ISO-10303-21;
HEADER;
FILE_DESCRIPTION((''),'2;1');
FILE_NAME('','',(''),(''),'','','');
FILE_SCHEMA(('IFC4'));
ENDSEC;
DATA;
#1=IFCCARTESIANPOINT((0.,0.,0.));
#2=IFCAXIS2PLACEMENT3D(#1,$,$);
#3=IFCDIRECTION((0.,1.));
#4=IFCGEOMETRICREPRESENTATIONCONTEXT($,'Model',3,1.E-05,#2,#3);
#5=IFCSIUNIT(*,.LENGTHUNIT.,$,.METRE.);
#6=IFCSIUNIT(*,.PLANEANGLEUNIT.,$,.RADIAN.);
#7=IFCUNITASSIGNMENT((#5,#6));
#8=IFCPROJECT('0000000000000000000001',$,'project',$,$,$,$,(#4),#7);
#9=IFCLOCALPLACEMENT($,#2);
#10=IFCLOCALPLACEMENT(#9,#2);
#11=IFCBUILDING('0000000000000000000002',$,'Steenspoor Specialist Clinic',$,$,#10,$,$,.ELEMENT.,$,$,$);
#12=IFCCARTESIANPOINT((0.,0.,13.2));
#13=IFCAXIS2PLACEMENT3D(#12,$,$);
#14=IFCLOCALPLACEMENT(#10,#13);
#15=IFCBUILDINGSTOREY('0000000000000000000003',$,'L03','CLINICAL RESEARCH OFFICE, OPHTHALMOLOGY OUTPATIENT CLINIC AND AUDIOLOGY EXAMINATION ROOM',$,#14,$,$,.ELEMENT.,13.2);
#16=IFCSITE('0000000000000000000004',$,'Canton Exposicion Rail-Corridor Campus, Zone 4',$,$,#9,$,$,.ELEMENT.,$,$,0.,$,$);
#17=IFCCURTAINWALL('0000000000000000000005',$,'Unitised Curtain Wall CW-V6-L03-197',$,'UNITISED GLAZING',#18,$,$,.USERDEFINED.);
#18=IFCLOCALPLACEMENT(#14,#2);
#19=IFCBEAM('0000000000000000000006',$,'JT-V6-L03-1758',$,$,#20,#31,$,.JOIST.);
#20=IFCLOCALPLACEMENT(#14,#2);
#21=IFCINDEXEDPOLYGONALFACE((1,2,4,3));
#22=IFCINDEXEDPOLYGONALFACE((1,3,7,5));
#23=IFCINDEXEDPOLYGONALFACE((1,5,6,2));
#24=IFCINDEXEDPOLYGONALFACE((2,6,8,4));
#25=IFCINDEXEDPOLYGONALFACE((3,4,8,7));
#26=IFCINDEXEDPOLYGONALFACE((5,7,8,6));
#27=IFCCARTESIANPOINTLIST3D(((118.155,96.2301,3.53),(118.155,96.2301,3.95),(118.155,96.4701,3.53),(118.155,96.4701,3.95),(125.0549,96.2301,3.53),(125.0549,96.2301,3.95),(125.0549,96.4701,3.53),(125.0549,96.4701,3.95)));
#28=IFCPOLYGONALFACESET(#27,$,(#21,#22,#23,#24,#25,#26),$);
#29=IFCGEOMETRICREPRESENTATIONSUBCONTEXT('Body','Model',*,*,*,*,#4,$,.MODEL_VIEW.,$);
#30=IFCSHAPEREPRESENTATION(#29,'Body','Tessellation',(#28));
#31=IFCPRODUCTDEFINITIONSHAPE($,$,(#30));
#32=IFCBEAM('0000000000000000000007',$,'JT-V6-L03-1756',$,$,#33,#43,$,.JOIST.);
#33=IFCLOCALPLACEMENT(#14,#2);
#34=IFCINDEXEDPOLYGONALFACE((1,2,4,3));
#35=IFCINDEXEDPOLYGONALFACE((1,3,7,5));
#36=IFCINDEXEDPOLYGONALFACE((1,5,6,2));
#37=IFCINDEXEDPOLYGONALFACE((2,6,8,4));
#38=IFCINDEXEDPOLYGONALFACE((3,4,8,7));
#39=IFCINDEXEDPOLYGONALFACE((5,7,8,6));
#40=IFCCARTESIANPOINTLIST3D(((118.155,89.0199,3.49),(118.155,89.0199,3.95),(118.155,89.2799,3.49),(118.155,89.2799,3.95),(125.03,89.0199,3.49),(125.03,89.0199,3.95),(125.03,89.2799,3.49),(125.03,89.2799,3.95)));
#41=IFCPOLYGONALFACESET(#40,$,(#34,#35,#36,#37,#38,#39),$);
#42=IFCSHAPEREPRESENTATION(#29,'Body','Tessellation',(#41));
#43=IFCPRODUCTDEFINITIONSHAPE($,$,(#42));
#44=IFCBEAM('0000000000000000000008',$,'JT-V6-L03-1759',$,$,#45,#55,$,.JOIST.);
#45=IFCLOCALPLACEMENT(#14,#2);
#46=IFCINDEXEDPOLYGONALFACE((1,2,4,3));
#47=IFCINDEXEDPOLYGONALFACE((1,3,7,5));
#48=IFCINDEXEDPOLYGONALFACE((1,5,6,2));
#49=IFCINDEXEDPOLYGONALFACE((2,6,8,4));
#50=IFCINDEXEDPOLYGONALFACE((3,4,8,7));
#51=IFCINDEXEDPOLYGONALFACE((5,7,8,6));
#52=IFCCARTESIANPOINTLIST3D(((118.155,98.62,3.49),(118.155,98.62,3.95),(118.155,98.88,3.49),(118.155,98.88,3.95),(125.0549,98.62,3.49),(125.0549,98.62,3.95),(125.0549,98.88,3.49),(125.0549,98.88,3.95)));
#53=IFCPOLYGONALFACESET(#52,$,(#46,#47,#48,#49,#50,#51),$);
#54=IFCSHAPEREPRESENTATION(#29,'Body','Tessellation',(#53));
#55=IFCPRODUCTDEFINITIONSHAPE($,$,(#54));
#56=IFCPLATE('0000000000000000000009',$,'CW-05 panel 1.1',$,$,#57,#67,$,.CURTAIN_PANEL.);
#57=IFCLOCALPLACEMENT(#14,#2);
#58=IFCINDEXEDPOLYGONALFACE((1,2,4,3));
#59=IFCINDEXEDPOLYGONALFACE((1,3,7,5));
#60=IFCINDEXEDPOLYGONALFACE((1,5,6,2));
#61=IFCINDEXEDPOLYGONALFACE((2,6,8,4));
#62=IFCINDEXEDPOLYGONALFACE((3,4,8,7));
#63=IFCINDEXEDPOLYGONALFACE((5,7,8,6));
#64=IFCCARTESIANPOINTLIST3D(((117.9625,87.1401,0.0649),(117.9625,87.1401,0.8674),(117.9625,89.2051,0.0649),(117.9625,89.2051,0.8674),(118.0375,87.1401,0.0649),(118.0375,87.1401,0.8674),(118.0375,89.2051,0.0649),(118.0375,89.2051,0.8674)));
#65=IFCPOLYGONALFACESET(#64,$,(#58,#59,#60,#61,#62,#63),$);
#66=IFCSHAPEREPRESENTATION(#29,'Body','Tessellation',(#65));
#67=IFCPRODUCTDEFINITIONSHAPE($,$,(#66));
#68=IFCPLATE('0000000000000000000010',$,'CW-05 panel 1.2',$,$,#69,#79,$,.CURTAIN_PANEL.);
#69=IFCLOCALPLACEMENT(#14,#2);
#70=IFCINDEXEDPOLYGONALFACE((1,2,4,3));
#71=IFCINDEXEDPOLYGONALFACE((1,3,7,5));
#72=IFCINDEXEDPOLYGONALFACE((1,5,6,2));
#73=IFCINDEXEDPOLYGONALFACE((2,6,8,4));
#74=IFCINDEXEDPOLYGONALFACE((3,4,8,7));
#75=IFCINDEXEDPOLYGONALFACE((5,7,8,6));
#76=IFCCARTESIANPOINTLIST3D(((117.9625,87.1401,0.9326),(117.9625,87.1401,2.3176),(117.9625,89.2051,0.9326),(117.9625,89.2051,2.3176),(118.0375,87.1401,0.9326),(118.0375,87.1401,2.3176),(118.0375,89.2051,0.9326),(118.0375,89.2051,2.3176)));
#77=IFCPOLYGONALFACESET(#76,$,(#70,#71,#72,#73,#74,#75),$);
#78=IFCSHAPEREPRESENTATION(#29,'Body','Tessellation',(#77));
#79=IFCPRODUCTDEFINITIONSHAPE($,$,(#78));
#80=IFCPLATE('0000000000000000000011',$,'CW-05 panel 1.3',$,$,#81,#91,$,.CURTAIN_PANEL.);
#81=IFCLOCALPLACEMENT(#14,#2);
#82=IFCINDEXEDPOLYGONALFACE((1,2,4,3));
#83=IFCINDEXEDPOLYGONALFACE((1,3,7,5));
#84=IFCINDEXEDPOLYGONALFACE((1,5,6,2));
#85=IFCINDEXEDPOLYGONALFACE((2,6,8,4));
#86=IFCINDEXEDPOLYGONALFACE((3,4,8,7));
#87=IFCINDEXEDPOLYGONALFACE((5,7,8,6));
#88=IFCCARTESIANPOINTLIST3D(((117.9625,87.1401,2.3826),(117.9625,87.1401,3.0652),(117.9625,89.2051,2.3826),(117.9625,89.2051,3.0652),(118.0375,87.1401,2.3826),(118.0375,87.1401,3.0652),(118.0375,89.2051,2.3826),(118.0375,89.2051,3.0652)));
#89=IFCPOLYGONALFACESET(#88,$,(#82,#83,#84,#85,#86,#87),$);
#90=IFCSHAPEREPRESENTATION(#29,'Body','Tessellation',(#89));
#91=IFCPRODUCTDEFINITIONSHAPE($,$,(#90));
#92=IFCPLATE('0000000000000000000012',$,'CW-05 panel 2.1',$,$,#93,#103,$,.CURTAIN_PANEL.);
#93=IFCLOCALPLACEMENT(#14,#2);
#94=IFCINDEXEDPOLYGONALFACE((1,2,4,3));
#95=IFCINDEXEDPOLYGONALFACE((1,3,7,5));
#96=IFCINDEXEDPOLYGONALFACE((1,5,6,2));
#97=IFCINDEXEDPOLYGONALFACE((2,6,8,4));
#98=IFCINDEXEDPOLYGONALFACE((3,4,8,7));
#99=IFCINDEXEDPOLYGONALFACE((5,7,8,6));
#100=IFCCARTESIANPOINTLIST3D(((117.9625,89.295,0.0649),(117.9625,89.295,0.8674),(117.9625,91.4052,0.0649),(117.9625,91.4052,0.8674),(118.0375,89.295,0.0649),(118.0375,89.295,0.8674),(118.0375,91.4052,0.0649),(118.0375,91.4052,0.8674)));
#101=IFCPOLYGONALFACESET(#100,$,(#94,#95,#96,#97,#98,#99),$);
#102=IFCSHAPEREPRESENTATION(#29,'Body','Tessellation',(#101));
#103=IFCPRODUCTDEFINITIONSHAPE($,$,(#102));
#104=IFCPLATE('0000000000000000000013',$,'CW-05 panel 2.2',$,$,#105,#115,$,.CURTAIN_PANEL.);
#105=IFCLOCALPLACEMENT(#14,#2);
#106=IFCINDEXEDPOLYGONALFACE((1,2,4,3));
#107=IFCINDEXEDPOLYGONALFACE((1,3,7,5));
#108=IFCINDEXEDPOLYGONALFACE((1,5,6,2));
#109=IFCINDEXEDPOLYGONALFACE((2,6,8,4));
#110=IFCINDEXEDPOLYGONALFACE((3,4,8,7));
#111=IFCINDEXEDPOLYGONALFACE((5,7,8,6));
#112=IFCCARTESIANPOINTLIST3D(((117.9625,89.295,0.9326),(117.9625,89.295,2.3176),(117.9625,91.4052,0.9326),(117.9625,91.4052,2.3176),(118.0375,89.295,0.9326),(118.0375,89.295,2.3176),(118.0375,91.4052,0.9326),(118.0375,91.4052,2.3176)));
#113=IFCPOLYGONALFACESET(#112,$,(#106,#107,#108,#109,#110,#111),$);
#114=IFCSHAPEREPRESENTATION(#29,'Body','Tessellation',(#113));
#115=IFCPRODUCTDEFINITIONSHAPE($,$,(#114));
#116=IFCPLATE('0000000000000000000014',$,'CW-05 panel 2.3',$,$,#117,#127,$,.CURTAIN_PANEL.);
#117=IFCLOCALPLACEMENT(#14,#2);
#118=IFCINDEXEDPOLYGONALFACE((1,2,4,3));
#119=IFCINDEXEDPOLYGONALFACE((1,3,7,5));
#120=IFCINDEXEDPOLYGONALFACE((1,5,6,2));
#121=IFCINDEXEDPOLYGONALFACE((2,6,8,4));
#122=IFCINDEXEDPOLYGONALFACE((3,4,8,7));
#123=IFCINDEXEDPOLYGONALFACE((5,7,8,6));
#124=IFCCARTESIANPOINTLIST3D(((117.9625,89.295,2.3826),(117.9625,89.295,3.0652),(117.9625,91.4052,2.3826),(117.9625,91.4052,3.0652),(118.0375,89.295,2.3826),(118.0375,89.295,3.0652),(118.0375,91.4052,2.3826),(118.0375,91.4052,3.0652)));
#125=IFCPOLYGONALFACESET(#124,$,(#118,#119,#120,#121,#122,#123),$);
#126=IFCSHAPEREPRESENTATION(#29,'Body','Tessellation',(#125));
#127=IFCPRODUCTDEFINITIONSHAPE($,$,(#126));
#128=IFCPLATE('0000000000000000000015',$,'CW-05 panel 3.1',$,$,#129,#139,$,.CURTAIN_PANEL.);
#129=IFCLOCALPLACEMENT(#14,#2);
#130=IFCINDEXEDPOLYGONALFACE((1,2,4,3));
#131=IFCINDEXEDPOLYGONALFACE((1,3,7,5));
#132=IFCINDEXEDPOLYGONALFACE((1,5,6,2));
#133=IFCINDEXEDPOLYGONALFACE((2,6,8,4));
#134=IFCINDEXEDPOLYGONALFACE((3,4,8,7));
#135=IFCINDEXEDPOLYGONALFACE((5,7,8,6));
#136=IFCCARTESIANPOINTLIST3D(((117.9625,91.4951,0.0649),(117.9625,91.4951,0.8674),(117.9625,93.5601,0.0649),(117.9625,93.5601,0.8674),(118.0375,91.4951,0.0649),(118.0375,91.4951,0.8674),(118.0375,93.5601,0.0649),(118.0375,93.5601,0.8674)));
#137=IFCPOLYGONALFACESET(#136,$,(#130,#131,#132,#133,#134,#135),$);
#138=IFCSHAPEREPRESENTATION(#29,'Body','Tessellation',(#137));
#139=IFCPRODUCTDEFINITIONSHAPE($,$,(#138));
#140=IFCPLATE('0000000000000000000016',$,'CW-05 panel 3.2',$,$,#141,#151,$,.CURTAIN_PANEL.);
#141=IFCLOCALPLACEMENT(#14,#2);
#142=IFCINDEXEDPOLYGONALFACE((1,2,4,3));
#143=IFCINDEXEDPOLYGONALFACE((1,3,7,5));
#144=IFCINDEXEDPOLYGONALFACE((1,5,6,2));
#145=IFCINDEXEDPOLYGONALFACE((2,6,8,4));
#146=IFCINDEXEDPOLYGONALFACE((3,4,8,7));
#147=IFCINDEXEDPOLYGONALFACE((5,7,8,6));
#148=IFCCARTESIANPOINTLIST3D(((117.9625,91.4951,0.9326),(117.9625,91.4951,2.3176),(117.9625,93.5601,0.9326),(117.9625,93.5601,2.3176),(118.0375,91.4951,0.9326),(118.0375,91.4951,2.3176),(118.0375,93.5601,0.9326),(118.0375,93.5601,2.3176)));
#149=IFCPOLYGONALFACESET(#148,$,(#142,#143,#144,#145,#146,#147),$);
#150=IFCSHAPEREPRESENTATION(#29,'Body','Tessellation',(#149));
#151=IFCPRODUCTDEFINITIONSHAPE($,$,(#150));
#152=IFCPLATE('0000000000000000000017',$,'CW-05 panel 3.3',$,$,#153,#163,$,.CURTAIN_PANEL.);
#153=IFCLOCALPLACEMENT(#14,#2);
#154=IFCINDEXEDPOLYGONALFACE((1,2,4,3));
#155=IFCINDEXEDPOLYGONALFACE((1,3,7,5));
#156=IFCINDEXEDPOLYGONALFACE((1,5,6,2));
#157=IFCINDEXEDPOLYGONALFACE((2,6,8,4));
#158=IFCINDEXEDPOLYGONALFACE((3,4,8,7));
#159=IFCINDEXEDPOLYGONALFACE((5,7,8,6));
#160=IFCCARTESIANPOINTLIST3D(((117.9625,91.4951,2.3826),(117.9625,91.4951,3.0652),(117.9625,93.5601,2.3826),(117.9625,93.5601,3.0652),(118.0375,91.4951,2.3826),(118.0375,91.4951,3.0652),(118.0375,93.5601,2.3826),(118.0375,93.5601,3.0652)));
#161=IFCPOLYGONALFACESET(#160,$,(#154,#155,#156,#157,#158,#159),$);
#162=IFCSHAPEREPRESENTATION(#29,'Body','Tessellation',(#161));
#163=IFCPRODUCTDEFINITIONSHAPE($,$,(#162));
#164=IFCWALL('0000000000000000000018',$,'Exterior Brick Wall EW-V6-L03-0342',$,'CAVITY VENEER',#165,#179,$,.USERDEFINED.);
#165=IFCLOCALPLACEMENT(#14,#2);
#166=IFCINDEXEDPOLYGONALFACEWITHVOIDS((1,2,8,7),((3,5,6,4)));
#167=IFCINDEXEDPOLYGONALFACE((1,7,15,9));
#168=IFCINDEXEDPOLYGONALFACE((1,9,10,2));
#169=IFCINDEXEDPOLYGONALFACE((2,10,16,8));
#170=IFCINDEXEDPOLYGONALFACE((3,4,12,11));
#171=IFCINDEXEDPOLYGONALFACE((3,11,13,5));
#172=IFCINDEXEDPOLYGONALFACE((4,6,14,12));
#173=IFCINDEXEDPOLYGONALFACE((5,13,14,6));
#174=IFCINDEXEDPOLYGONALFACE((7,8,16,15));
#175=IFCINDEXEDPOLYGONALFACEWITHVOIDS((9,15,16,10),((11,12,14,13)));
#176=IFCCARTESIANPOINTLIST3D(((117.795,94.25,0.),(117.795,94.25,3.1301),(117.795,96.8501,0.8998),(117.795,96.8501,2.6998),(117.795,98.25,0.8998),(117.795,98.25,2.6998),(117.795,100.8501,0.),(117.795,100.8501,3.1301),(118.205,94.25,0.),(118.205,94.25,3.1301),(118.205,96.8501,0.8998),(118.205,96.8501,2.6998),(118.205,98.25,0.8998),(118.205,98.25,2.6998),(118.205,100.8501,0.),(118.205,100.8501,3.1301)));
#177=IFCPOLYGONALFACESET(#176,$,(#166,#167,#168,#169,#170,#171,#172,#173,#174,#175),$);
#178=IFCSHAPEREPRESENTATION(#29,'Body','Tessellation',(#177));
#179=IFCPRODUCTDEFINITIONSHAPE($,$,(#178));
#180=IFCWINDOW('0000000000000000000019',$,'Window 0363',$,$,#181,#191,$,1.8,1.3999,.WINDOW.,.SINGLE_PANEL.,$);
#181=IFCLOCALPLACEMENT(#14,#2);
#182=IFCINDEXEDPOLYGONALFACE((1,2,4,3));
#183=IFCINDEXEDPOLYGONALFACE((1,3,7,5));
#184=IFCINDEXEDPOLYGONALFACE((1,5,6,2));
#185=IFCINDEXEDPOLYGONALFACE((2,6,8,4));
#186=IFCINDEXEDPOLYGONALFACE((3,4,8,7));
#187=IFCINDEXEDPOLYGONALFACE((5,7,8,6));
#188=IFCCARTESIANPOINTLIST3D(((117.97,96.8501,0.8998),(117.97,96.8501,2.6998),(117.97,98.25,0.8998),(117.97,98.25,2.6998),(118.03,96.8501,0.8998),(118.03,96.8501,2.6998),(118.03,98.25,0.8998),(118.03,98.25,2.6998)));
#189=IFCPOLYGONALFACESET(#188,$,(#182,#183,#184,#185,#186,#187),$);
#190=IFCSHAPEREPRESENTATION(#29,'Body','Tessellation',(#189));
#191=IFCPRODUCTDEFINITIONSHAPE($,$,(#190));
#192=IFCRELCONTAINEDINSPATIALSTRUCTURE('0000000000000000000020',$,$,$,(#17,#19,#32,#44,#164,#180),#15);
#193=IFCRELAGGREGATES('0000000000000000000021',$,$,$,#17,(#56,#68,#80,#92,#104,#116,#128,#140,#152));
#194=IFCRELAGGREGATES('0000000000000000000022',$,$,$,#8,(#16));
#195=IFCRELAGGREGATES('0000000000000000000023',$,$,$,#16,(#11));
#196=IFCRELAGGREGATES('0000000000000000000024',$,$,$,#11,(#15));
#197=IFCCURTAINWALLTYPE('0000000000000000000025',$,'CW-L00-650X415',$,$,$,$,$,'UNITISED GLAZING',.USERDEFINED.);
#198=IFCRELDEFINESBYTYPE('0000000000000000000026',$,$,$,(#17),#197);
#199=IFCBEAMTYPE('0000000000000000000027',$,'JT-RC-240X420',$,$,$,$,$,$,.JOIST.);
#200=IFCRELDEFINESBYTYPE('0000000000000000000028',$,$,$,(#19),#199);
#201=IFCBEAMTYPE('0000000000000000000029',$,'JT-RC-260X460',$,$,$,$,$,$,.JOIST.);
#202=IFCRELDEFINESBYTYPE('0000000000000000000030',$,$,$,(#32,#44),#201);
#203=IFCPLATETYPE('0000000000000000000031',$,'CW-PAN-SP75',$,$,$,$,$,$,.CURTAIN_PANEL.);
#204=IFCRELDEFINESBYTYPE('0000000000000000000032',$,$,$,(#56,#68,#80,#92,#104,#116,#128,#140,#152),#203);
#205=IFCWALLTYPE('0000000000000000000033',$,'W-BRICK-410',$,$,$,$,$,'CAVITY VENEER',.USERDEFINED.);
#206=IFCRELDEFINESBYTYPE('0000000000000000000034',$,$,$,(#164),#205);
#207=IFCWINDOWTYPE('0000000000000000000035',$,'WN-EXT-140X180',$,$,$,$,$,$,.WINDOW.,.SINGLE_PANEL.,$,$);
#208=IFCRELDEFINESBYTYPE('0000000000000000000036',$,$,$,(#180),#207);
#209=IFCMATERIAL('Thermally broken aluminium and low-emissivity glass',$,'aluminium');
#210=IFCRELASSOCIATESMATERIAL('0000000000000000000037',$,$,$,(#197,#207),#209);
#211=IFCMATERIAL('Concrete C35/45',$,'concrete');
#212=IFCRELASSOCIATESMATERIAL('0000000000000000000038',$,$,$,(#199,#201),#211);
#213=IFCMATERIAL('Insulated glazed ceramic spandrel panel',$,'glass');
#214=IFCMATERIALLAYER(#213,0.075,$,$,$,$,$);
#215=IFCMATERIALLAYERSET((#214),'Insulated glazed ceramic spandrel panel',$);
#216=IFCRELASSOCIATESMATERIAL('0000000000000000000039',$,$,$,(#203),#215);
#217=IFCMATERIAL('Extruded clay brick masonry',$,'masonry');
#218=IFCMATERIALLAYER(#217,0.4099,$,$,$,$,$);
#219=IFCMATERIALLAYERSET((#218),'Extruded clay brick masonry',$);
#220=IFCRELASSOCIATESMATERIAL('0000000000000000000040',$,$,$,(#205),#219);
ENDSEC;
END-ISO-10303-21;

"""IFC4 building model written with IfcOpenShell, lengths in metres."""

from ifc_helpers import new_model, si_unit, direction, frame, frame_2d, origin, origin_2d, place, context, subcontext, project, spatial, rectangle, extrude, material, layer, layer_set, material_profile, profile_set, type_object, element, fill, aggregate, save


model = new_model("IFC4")

# Units and contexts
model_context = context("Model", 3, precision=1e-05, world=origin(), true_north=direction((0.0, 1.0)))
body_context = subcontext(model_context, "Body", "Model", "MODEL_VIEW")
ifc_project = project(units=[si_unit("LENGTHUNIT", "METRE"), si_unit("PLANEANGLEUNIT", "RADIAN")], contexts=[model_context])

# Site, building, storey
site_placement = place(None, origin())
site = spatial("IfcSite", under=ifc_project, at=site_placement, Name="Canton Exposicion Rail-Corridor Campus, Zone 4", CompositionType="ELEMENT", RefElevation=0.0)
building_placement = place(site_placement, origin())
building = spatial("IfcBuilding", under=site, at=building_placement, Name="Steenspoor Specialist Clinic", CompositionType="ELEMENT")
storey_placement = place(building_placement, frame((0.0, 0.0, 13.2)))
storey = spatial("IfcBuildingStorey", under=building, at=storey_placement, Name="L03", Description="CLINICAL RESEARCH OFFICE, OPHTHALMOLOGY OUTPATIENT CLINIC AND AUDIOLOGY EXAMINATION ROOM", CompositionType="ELEMENT", Elevation=13.2)

# Shared definitions
ifc_material_1 = material(Name="Concrete C35/45", Category="concrete")

# Curtain wall
ifc_material_2 = material(Name="Thermally broken aluminium and low-emissivity glass", Category="aluminium")
curtain_wall_type = type_object("IfcCurtainWallType", Name="CW-L00-650X415", ElementType="UNITISED GLAZING", PredefinedType="USERDEFINED", material=ifc_material_2)
curtain_wall_placement = place(storey_placement, origin())
curtain_wall = element("IfcCurtainWall", 1, at=curtain_wall_placement, inside=storey, type_object=curtain_wall_type, Name="Unitised Curtain Wall CW-V6-L03-197", ObjectType="UNITISED GLAZING", PredefinedType="USERDEFINED")

# Beams
ifc_material_profile_1 = material_profile(ifc_material_1, rectangle(XDim=0.24, YDim=0.4199, at=origin_2d()), Name="RC-JT-240X420")
ifc_profile_set_1 = profile_set([ifc_material_profile_1], Name="Concrete C35/45")
beam_type_1 = type_object("IfcBeamType", Name="JT-RC-240X420", PredefinedType="JOIST", material=ifc_profile_set_1)
beam_1_placement = place(storey_placement, frame((118.155, 96.3501, 3.74), z_axis=(1.0, 0.0, 0.0), x_axis=(0.0, 1.0, 0.0)))
element("IfcBeam", 2, at=beam_1_placement, inside=storey, type_object=beam_type_1, Name="JT-V6-L03-1758", PredefinedType="JOIST", context=body_context, shape_type="SweptSolid", body=[
    extrude(rectangle(XDim=0.24, YDim=0.4199, at=origin_2d()), origin(), (0.0, 0.0, 1.0), 6.8999),
])
ifc_material_profile_2 = material_profile(ifc_material_1, rectangle(XDim=0.26, YDim=0.46, at=origin_2d()), Name="RC-JT-260X460")
ifc_profile_set_2 = profile_set([ifc_material_profile_2], Name="Concrete C35/45")
beam_type_2 = type_object("IfcBeamType", Name="JT-RC-260X460", PredefinedType="JOIST", material=ifc_profile_set_2)
beam_2_placement = place(storey_placement, frame((118.155, 89.1499, 3.72), z_axis=(1.0, 0.0, 0.0), x_axis=(0.0, 1.0, 0.0)))
element("IfcBeam", 3, at=beam_2_placement, inside=storey, type_object=beam_type_2, Name="JT-V6-L03-1756", PredefinedType="JOIST", context=body_context, shape_type="SweptSolid", body=[
    extrude(rectangle(XDim=0.26, YDim=0.46, at=origin_2d()), origin(), (0.0, 0.0, 1.0), 6.875),
])
beam_3_placement = place(storey_placement, frame((118.155, 98.75, 3.72), z_axis=(1.0, 0.0, 0.0), x_axis=(0.0, 1.0, 0.0)))
element("IfcBeam", 4, at=beam_3_placement, inside=storey, type_object=beam_type_2, Name="JT-V6-L03-1759", PredefinedType="JOIST", context=body_context, shape_type="SweptSolid", body=[
    extrude(rectangle(XDim=0.26, YDim=0.46, at=origin_2d()), origin(), (0.0, 0.0, 1.0), 6.8999),
])

# Plates
ifc_material_3 = material(Name="Insulated glazed ceramic spandrel panel", Category="glass")
ifc_layer_1 = layer(ifc_material_3, 0.075)
ifc_layer_set_1 = layer_set([ifc_layer_1], Name="Insulated glazed ceramic spandrel panel")
plate_type = type_object("IfcPlateType", Name="CW-PAN-SP75", PredefinedType="CURTAIN_PANEL", material=ifc_layer_set_1)
plate_1_placement = place(storey_placement, frame((118.0, 88.1726, 0.0649), z_axis=(0.0, 0.0, 1.0), x_axis=(0.0, 1.0, 0.0)))
plate_1 = element("IfcPlate", 5, at=plate_1_placement, type_object=plate_type, Name="CW-05 panel 1.1", PredefinedType="CURTAIN_PANEL", context=body_context, shape_type="SweptSolid", body=[
    extrude(rectangle(XDim=2.0649, YDim=0.075, at=origin_2d()), origin(), (0.0, 0.0, 1.0), 0.8025),
])
plate_2_placement = place(storey_placement, frame((118.0, 88.1726, 0.9326), z_axis=(0.0, 0.0, 1.0), x_axis=(0.0, 1.0, 0.0)))
plate_2 = element("IfcPlate", 6, at=plate_2_placement, type_object=plate_type, Name="CW-05 panel 1.2", PredefinedType="CURTAIN_PANEL", context=body_context, shape_type="SweptSolid", body=[
    extrude(rectangle(XDim=2.0649, YDim=0.075, at=origin_2d()), origin(), (0.0, 0.0, 1.0), 1.385),
])
plate_3_placement = place(storey_placement, frame((118.0, 88.1726, 2.3826), z_axis=(0.0, 0.0, 1.0), x_axis=(0.0, 1.0, 0.0)))
plate_3 = element("IfcPlate", 7, at=plate_3_placement, type_object=plate_type, Name="CW-05 panel 1.3", PredefinedType="CURTAIN_PANEL", context=body_context, shape_type="SweptSolid", body=[
    extrude(rectangle(XDim=2.0649, YDim=0.075, at=origin_2d()), origin(), (0.0, 0.0, 1.0), 0.6826),
])
plate_4_placement = place(storey_placement, frame((118.0, 90.3501, 0.0649), z_axis=(0.0, 0.0, 1.0), x_axis=(0.0, 1.0, 0.0)))
plate_4 = element("IfcPlate", 8, at=plate_4_placement, type_object=plate_type, Name="CW-05 panel 2.1", PredefinedType="CURTAIN_PANEL", context=body_context, shape_type="SweptSolid", body=[
    extrude(rectangle(XDim=2.1101, YDim=0.075, at=origin_2d()), origin(), (0.0, 0.0, 1.0), 0.8025),
])
plate_5_placement = place(storey_placement, frame((118.0, 90.3501, 0.9326), z_axis=(0.0, 0.0, 1.0), x_axis=(0.0, 1.0, 0.0)))
plate_5 = element("IfcPlate", 9, at=plate_5_placement, type_object=plate_type, Name="CW-05 panel 2.2", PredefinedType="CURTAIN_PANEL", context=body_context, shape_type="SweptSolid", body=[
    extrude(rectangle(XDim=2.1101, YDim=0.075, at=origin_2d()), origin(), (0.0, 0.0, 1.0), 1.385),
])
plate_6_placement = place(storey_placement, frame((118.0, 90.3501, 2.3826), z_axis=(0.0, 0.0, 1.0), x_axis=(0.0, 1.0, 0.0)))
plate_6 = element("IfcPlate", 10, at=plate_6_placement, type_object=plate_type, Name="CW-05 panel 2.3", PredefinedType="CURTAIN_PANEL", context=body_context, shape_type="SweptSolid", body=[
    extrude(rectangle(XDim=2.1101, YDim=0.075, at=origin_2d()), origin(), (0.0, 0.0, 1.0), 0.6826),
])
plate_7_placement = place(storey_placement, frame((118.0, 92.5276, 0.0649), z_axis=(0.0, 0.0, 1.0), x_axis=(0.0, 1.0, 0.0)))
plate_7 = element("IfcPlate", 11, at=plate_7_placement, type_object=plate_type, Name="CW-05 panel 3.1", PredefinedType="CURTAIN_PANEL", context=body_context, shape_type="SweptSolid", body=[
    extrude(rectangle(XDim=2.0649, YDim=0.075, at=origin_2d()), origin(), (0.0, 0.0, 1.0), 0.8025),
])
plate_8_placement = place(storey_placement, frame((118.0, 92.5276, 0.9326), z_axis=(0.0, 0.0, 1.0), x_axis=(0.0, 1.0, 0.0)))
plate_8 = element("IfcPlate", 12, at=plate_8_placement, type_object=plate_type, Name="CW-05 panel 3.2", PredefinedType="CURTAIN_PANEL", context=body_context, shape_type="SweptSolid", body=[
    extrude(rectangle(XDim=2.0649, YDim=0.075, at=origin_2d()), origin(), (0.0, 0.0, 1.0), 1.385),
])
plate_9_placement = place(storey_placement, frame((118.0, 92.5276, 2.3826), z_axis=(0.0, 0.0, 1.0), x_axis=(0.0, 1.0, 0.0)))
plate_9 = element("IfcPlate", 13, at=plate_9_placement, type_object=plate_type, Name="CW-05 panel 3.3", PredefinedType="CURTAIN_PANEL", context=body_context, shape_type="SweptSolid", body=[
    extrude(rectangle(XDim=2.0649, YDim=0.075, at=origin_2d()), origin(), (0.0, 0.0, 1.0), 0.6826),
])
aggregate(curtain_wall, [plate_1, plate_2, plate_3, plate_4, plate_5, plate_6, plate_7, plate_8, plate_9])

# Wall, opening, window
ifc_material_4 = material(Name="Extruded clay brick masonry", Category="masonry")
ifc_layer_2 = layer(ifc_material_4, 0.4099)
ifc_layer_set_2 = layer_set([ifc_layer_2], Name="Extruded clay brick masonry")
wall_type_1 = type_object("IfcWallType", Name="W-BRICK-410", ElementType="CAVITY VENEER", PredefinedType="USERDEFINED", material=ifc_layer_set_2)
wall_1_placement = place(storey_placement, frame((118.0, 94.25, 0.0), z_axis=(0.0, 0.0, 1.0), x_axis=(0.0, 1.0, 0.0)))
wall_1 = element("IfcWall", 14, at=wall_1_placement, inside=storey, type_object=wall_type_1, Name="Exterior Brick Wall EW-V6-L03-0342", ObjectType="CAVITY VENEER", PredefinedType="USERDEFINED", context=body_context, shape_type="SweptSolid", body=[
    extrude(rectangle(XDim=6.6001, YDim=0.4099, at=frame_2d((3.3, 0.0))), origin(), (0.0, 0.0, 1.0), 3.1301),
])
opening_1_placement = place(wall_1_placement, frame((2.6001, 0.0, 0.8999)))
opening_1 = element("IfcOpeningElement", 15, at=opening_1_placement, cuts=wall_1, PredefinedType="OPENING", context=body_context, shape_type="SweptSolid", body=[
    extrude(rectangle(XDim=1.3999, YDim=1.8, at=frame_2d((0.7, 0.8999))), frame((0.0, 0.2148, 0.0), z_axis=(0.0, -1.0, 0.0), x_axis=(1.0, 0.0, 0.0)), (0.0, 0.0, 1.0), 0.4299),
])
window_type = type_object("IfcWindowType", Name="WN-EXT-140X180", PartitioningType="SINGLE_PANEL", PredefinedType="WINDOW", material=ifc_material_2)
window_placement = place(opening_1_placement, origin())
window = element("IfcWindow", 16, at=window_placement, inside=storey, type_object=window_type, Name="Window 0363", OverallHeight=1.8, OverallWidth=1.3999, PartitioningType="SINGLE_PANEL", PredefinedType="WINDOW", context=body_context, shape_type="SweptSolid", body=[
    extrude(rectangle(XDim=1.3999, YDim=1.8, at=frame_2d((0.7, 0.8999))), frame((0.0, 0.03, 0.0), z_axis=(0.0, -1.0, 0.0), x_axis=(1.0, 0.0, 0.0)), (0.0, 0.0, 1.0), 0.0601),
])
fill(opening_1, window)

save(model, "model.ifc")
